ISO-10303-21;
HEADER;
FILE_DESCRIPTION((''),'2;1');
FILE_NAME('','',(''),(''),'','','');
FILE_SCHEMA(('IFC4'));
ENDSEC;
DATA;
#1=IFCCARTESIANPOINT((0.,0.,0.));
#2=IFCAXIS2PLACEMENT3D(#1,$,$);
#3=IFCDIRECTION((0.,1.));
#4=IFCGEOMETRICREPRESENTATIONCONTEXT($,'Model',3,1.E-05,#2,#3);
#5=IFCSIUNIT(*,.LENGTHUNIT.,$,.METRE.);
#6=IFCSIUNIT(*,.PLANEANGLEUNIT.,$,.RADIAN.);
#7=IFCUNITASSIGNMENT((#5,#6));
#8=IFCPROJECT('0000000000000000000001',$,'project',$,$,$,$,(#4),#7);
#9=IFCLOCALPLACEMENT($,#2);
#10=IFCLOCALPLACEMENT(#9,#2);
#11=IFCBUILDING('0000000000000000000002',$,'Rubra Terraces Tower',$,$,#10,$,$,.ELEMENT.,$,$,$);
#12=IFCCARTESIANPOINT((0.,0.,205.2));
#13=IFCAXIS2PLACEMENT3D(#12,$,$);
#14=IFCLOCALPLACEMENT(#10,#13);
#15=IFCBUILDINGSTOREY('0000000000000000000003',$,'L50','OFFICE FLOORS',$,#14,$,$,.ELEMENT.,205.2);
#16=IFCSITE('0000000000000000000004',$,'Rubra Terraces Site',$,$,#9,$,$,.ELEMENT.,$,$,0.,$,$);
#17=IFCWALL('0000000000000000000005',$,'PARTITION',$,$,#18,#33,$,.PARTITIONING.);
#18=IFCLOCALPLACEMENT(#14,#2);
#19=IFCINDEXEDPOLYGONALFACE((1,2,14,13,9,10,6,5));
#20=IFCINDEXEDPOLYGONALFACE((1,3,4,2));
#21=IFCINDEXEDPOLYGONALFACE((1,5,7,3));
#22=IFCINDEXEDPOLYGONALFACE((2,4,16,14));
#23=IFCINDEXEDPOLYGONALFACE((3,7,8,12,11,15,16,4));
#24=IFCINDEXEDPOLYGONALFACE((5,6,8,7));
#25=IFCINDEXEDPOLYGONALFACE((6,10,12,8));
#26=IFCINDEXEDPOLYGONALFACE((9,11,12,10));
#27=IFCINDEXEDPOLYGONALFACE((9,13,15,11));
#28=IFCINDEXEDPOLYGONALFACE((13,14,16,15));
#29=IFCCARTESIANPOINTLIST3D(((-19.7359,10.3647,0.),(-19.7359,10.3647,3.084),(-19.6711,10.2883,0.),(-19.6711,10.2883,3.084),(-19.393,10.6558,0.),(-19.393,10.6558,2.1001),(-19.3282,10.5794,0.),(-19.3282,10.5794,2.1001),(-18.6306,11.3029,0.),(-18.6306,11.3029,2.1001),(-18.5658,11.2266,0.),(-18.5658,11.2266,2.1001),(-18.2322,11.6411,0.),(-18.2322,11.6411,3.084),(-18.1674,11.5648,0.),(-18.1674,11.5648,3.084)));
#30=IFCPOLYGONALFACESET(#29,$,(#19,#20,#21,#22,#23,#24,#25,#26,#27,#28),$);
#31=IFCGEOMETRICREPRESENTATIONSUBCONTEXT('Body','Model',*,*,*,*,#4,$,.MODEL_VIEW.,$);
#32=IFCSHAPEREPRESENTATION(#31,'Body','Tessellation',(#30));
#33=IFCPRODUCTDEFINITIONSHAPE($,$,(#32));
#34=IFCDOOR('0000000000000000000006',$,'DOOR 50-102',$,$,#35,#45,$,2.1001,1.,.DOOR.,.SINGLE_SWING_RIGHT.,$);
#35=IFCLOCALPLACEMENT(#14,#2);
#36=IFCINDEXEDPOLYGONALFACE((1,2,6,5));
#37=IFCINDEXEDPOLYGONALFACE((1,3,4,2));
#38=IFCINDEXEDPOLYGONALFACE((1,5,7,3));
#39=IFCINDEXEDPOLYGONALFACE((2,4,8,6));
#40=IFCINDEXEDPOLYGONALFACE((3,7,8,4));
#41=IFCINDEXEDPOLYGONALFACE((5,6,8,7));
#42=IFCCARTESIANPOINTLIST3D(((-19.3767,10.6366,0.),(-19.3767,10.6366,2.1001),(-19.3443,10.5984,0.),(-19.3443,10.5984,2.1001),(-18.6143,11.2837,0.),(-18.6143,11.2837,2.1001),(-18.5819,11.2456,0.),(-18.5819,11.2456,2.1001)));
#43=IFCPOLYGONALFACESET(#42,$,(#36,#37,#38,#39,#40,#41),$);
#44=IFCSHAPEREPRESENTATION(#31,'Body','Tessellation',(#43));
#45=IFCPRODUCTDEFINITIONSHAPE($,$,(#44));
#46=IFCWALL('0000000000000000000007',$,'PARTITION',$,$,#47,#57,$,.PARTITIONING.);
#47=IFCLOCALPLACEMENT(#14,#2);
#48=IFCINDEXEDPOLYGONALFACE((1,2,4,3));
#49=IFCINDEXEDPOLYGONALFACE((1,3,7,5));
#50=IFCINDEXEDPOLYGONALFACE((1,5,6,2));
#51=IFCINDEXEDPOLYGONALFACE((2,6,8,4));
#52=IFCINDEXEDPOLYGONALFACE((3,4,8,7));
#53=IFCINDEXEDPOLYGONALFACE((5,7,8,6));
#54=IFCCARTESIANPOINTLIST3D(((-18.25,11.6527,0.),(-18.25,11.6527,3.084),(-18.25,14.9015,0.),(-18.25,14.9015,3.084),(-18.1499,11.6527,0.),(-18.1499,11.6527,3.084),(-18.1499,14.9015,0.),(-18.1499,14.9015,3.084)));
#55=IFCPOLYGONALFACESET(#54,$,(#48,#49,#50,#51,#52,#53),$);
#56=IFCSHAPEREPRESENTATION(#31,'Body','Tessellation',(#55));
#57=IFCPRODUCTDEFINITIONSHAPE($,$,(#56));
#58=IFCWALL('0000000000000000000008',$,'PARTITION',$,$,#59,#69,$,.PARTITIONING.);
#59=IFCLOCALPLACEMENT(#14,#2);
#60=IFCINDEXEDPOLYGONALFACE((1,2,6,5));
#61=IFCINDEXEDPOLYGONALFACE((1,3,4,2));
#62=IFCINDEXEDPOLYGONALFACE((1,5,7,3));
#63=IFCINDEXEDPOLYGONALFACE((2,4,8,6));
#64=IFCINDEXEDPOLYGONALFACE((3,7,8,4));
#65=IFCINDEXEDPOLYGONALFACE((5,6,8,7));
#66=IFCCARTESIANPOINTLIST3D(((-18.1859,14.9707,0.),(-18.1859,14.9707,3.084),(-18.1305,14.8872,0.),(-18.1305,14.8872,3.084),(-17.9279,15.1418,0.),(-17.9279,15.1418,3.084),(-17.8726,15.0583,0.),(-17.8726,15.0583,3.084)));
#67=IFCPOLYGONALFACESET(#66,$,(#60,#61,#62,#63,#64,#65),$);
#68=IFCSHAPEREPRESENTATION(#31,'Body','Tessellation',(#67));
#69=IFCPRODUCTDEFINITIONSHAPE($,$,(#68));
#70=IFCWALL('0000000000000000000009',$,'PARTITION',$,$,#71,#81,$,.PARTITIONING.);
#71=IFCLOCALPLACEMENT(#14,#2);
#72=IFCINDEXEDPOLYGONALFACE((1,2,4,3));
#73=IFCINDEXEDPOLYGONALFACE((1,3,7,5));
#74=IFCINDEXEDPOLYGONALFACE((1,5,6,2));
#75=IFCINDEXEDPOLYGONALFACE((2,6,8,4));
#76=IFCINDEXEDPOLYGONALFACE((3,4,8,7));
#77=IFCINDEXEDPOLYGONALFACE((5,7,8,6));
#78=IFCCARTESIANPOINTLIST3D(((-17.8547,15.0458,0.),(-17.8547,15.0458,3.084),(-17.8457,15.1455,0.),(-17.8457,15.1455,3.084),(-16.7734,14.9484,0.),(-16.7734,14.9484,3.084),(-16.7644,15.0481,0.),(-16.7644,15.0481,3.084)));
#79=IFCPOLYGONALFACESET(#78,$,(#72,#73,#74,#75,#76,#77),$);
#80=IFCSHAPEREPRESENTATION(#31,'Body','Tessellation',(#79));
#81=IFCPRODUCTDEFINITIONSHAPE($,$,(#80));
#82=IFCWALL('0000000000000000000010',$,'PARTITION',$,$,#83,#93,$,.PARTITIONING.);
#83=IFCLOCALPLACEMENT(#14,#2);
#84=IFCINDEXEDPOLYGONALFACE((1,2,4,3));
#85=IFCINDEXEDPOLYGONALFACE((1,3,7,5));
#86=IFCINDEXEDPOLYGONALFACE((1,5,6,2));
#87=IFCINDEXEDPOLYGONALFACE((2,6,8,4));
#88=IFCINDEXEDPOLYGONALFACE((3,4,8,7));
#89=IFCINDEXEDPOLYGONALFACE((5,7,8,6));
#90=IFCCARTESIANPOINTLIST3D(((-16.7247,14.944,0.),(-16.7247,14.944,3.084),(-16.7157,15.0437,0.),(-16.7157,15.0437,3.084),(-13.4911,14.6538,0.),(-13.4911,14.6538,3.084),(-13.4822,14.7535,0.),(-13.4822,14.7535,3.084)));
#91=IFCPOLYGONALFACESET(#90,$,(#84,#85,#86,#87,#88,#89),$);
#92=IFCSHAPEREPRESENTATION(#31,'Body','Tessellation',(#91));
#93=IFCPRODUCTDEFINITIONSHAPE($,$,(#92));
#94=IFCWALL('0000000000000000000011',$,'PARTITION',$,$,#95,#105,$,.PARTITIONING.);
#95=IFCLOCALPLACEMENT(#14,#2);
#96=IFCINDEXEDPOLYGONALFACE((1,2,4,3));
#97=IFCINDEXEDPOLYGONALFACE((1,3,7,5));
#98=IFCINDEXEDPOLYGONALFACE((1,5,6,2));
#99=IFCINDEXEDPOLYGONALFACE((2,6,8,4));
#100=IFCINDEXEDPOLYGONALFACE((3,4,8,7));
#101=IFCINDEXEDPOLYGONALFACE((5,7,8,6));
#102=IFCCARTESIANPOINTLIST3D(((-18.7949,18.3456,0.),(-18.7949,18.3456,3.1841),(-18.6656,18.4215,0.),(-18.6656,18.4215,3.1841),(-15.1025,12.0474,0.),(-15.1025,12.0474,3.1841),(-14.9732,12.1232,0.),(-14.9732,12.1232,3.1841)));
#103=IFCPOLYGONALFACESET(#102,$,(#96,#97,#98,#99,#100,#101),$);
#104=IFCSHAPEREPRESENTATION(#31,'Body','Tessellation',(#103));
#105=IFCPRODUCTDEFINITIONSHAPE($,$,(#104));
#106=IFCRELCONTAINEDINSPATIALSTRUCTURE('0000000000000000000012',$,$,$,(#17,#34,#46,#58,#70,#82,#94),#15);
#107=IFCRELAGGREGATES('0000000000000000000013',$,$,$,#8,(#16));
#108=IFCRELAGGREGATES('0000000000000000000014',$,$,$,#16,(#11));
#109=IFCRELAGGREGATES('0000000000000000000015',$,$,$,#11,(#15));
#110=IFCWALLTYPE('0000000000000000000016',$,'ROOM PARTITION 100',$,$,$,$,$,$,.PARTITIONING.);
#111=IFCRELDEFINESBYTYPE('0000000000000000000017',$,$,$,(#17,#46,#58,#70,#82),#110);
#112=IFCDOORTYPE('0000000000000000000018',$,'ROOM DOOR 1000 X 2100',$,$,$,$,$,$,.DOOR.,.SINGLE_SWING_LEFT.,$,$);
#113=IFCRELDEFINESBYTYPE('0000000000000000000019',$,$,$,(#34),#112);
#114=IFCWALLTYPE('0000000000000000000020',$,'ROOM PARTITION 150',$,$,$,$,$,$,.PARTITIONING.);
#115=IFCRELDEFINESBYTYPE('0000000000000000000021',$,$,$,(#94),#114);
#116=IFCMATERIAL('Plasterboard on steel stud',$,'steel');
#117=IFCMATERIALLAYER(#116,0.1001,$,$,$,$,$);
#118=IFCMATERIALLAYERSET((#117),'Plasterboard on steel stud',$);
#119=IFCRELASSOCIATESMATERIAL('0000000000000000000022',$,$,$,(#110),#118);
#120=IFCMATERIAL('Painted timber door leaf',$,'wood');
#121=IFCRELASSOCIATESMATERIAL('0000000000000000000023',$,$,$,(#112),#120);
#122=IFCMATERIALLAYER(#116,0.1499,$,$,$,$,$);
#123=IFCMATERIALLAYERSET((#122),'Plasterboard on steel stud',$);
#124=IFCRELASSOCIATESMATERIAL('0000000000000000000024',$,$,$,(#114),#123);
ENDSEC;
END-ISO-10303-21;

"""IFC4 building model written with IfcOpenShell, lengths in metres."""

from ifc_helpers import new_model, si_unit, direction, frame, frame_2d, origin, place, context, subcontext, project, spatial, rectangle, extrude, material, layer, layer_set, type_object, element, fill, save


model = new_model("IFC4")

# Units and contexts
model_context = context("Model", 3, precision=1e-05, world=origin(), true_north=direction((0.0, 1.0)))
body_context = subcontext(model_context, "Body", "Model", "MODEL_VIEW")
ifc_project = project(units=[si_unit("LENGTHUNIT", "METRE"), si_unit("PLANEANGLEUNIT", "RADIAN")], contexts=[model_context])

# Site, building, storey
site_placement = place(None, origin())
site = spatial("IfcSite", under=ifc_project, at=site_placement, Name="Rubra Terraces Site", CompositionType="ELEMENT", RefElevation=0.0)
building_placement = place(site_placement, origin())
building = spatial("IfcBuilding", under=site, at=building_placement, Name="Rubra Terraces Tower", CompositionType="ELEMENT")
storey_placement = place(building_placement, frame((0.0, 0.0, 205.2)))
storey = spatial("IfcBuildingStorey", under=building, at=storey_placement, Name="L50", Description="OFFICE FLOORS", CompositionType="ELEMENT", Elevation=205.2)

# Wall, opening, door
ifc_material_1 = material(Name="Plasterboard on steel stud", Category="steel")
ifc_layer_1 = layer(ifc_material_1, 0.1001)
ifc_layer_set_1 = layer_set([ifc_layer_1], Name="Plasterboard on steel stud")
wall_type_1 = type_object("IfcWallType", Name="ROOM PARTITION 100", PredefinedType="PARTITIONING", material=ifc_layer_set_1)
wall_1_placement = place(storey_placement, frame((-19.7036, 10.3264, 0.0), z_axis=(0.0, 0.0, 1.0), x_axis=(0.762376, 0.647134, 0.0)))
wall_1 = element("IfcWall", 1, at=wall_1_placement, inside=storey, type_object=wall_type_1, Name="PARTITION", PredefinedType="PARTITIONING", context=body_context, shape_type="SweptSolid", body=[
    extrude(rectangle(XDim=1.9724, YDim=0.1001, at=frame_2d((0.9863, 0.0))), origin(), (0.0, 0.0, 1.0), 3.084),
])
opening_1_placement = place(wall_1_placement, frame((0.45, 0.0, 0.0)))
opening_1 = element("IfcOpeningElement", 2, at=opening_1_placement, cuts=wall_1, PredefinedType="OPENING", context=body_context, shape_type="SweptSolid", body=[
    extrude(rectangle(XDim=1.0, YDim=2.1001, at=frame_2d((0.5, 1.05))), frame((0.0, 0.0601, 0.0), z_axis=(0.0, -1.0, 0.0), x_axis=(1.0, 0.0, 0.0)), (0.0, 0.0, 1.0), 0.1201),
])
ifc_material_2 = material(Name="Painted timber door leaf", Category="wood")
door_type_1 = type_object("IfcDoorType", Name="ROOM DOOR 1000 X 2100", OperationType="SINGLE_SWING_LEFT", PredefinedType="DOOR", material=ifc_material_2)
door_1_placement = place(opening_1_placement, origin())
door_1 = element("IfcDoor", 3, at=door_1_placement, inside=storey, type_object=door_type_1, Name="DOOR 50-102", OperationType="SINGLE_SWING_RIGHT", OverallHeight=2.1001, OverallWidth=1.0, PredefinedType="DOOR", context=body_context, shape_type="SweptSolid", body=[
    extrude(rectangle(XDim=1.0, YDim=2.1001, at=frame_2d((0.5, 1.05))), frame((0.0, 0.0249, 0.0), z_axis=(0.0, -1.0, 0.0), x_axis=(1.0, 0.0, 0.0)), (0.0, 0.0, 1.0), 0.05),
])
fill(opening_1, door_1)

# Walls
wall_2_placement = place(storey_placement, frame((-18.2, 11.6526, 0.0), z_axis=(0.0, 0.0, 1.0), x_axis=(0.0, 1.0, 0.0)))
element("IfcWall", 4, at=wall_2_placement, inside=storey, type_object=wall_type_1, Name="PARTITION", PredefinedType="PARTITIONING", context=body_context, shape_type="SweptSolid", body=[
    extrude(rectangle(XDim=3.2488, YDim=0.1001, at=frame_2d((1.6245, 0.0))), origin(), (0.0, 0.0, 1.0), 3.084),
])
wall_3_placement = place(storey_placement, frame((-18.1582, 14.929, 0.0), z_axis=(0.0, 0.0, 1.0), x_axis=(0.833382, 0.552697, 0.0)))
element("IfcWall", 5, at=wall_3_placement, inside=storey, type_object=wall_type_1, Name="PARTITION", PredefinedType="PARTITIONING", context=body_context, shape_type="SweptSolid", body=[
    extrude(rectangle(XDim=0.3096, YDim=0.1001, at=frame_2d((0.1548, 0.0))), origin(), (0.0, 0.0, 1.0), 3.084),
])
wall_4_placement = place(storey_placement, frame((-17.8503, 15.0957, 0.0), z_axis=(0.0, 0.0, 1.0), x_axis=(0.995967, -0.089725, 0.0)))
element("IfcWall", 6, at=wall_4_placement, inside=storey, type_object=wall_type_1, Name="PARTITION", PredefinedType="PARTITIONING", context=body_context, shape_type="SweptSolid", body=[
    extrude(rectangle(XDim=1.0857, YDim=0.1001, at=frame_2d((0.543, 0.0))), origin(), (0.0, 0.0, 1.0), 3.084),
])
wall_5_placement = place(storey_placement, frame((-16.7202, 14.9939, 0.0), z_axis=(0.0, 0.0, 1.0), x_axis=(0.995995, -0.08941, 0.0)))
element("IfcWall", 7, at=wall_5_placement, inside=storey, type_object=wall_type_1, Name="PARTITION", PredefinedType="PARTITIONING", context=body_context, shape_type="SweptSolid", body=[
    extrude(rectangle(XDim=3.2466, YDim=0.1001, at=frame_2d((1.6233, 0.0))), origin(), (0.0, 0.0, 1.0), 3.084),
])
ifc_layer_2 = layer(ifc_material_1, 0.1499)
ifc_layer_set_2 = layer_set([ifc_layer_2], Name="Plasterboard on steel stud")
wall_type_2 = type_object("IfcWallType", Name="ROOM PARTITION 150", PredefinedType="PARTITIONING", material=ifc_layer_set_2)
wall_6_placement = place(storey_placement, frame((-18.7302, 18.3835, 0.0), z_axis=(0.0, 0.0, 1.0), x_axis=(0.505745, -0.862683, 0.0)))
element("IfcWall", 8, at=wall_6_placement, inside=storey, type_object=wall_type_2, Name="PARTITION", PredefinedType="PARTITIONING", context=body_context, shape_type="SweptSolid", body=[
    extrude(rectangle(XDim=7.3008, YDim=0.1499, at=frame_2d((3.6504, 0.0))), origin(), (0.0, 0.0, 1.0), 3.1841),
])

save(model, "model.ifc")
